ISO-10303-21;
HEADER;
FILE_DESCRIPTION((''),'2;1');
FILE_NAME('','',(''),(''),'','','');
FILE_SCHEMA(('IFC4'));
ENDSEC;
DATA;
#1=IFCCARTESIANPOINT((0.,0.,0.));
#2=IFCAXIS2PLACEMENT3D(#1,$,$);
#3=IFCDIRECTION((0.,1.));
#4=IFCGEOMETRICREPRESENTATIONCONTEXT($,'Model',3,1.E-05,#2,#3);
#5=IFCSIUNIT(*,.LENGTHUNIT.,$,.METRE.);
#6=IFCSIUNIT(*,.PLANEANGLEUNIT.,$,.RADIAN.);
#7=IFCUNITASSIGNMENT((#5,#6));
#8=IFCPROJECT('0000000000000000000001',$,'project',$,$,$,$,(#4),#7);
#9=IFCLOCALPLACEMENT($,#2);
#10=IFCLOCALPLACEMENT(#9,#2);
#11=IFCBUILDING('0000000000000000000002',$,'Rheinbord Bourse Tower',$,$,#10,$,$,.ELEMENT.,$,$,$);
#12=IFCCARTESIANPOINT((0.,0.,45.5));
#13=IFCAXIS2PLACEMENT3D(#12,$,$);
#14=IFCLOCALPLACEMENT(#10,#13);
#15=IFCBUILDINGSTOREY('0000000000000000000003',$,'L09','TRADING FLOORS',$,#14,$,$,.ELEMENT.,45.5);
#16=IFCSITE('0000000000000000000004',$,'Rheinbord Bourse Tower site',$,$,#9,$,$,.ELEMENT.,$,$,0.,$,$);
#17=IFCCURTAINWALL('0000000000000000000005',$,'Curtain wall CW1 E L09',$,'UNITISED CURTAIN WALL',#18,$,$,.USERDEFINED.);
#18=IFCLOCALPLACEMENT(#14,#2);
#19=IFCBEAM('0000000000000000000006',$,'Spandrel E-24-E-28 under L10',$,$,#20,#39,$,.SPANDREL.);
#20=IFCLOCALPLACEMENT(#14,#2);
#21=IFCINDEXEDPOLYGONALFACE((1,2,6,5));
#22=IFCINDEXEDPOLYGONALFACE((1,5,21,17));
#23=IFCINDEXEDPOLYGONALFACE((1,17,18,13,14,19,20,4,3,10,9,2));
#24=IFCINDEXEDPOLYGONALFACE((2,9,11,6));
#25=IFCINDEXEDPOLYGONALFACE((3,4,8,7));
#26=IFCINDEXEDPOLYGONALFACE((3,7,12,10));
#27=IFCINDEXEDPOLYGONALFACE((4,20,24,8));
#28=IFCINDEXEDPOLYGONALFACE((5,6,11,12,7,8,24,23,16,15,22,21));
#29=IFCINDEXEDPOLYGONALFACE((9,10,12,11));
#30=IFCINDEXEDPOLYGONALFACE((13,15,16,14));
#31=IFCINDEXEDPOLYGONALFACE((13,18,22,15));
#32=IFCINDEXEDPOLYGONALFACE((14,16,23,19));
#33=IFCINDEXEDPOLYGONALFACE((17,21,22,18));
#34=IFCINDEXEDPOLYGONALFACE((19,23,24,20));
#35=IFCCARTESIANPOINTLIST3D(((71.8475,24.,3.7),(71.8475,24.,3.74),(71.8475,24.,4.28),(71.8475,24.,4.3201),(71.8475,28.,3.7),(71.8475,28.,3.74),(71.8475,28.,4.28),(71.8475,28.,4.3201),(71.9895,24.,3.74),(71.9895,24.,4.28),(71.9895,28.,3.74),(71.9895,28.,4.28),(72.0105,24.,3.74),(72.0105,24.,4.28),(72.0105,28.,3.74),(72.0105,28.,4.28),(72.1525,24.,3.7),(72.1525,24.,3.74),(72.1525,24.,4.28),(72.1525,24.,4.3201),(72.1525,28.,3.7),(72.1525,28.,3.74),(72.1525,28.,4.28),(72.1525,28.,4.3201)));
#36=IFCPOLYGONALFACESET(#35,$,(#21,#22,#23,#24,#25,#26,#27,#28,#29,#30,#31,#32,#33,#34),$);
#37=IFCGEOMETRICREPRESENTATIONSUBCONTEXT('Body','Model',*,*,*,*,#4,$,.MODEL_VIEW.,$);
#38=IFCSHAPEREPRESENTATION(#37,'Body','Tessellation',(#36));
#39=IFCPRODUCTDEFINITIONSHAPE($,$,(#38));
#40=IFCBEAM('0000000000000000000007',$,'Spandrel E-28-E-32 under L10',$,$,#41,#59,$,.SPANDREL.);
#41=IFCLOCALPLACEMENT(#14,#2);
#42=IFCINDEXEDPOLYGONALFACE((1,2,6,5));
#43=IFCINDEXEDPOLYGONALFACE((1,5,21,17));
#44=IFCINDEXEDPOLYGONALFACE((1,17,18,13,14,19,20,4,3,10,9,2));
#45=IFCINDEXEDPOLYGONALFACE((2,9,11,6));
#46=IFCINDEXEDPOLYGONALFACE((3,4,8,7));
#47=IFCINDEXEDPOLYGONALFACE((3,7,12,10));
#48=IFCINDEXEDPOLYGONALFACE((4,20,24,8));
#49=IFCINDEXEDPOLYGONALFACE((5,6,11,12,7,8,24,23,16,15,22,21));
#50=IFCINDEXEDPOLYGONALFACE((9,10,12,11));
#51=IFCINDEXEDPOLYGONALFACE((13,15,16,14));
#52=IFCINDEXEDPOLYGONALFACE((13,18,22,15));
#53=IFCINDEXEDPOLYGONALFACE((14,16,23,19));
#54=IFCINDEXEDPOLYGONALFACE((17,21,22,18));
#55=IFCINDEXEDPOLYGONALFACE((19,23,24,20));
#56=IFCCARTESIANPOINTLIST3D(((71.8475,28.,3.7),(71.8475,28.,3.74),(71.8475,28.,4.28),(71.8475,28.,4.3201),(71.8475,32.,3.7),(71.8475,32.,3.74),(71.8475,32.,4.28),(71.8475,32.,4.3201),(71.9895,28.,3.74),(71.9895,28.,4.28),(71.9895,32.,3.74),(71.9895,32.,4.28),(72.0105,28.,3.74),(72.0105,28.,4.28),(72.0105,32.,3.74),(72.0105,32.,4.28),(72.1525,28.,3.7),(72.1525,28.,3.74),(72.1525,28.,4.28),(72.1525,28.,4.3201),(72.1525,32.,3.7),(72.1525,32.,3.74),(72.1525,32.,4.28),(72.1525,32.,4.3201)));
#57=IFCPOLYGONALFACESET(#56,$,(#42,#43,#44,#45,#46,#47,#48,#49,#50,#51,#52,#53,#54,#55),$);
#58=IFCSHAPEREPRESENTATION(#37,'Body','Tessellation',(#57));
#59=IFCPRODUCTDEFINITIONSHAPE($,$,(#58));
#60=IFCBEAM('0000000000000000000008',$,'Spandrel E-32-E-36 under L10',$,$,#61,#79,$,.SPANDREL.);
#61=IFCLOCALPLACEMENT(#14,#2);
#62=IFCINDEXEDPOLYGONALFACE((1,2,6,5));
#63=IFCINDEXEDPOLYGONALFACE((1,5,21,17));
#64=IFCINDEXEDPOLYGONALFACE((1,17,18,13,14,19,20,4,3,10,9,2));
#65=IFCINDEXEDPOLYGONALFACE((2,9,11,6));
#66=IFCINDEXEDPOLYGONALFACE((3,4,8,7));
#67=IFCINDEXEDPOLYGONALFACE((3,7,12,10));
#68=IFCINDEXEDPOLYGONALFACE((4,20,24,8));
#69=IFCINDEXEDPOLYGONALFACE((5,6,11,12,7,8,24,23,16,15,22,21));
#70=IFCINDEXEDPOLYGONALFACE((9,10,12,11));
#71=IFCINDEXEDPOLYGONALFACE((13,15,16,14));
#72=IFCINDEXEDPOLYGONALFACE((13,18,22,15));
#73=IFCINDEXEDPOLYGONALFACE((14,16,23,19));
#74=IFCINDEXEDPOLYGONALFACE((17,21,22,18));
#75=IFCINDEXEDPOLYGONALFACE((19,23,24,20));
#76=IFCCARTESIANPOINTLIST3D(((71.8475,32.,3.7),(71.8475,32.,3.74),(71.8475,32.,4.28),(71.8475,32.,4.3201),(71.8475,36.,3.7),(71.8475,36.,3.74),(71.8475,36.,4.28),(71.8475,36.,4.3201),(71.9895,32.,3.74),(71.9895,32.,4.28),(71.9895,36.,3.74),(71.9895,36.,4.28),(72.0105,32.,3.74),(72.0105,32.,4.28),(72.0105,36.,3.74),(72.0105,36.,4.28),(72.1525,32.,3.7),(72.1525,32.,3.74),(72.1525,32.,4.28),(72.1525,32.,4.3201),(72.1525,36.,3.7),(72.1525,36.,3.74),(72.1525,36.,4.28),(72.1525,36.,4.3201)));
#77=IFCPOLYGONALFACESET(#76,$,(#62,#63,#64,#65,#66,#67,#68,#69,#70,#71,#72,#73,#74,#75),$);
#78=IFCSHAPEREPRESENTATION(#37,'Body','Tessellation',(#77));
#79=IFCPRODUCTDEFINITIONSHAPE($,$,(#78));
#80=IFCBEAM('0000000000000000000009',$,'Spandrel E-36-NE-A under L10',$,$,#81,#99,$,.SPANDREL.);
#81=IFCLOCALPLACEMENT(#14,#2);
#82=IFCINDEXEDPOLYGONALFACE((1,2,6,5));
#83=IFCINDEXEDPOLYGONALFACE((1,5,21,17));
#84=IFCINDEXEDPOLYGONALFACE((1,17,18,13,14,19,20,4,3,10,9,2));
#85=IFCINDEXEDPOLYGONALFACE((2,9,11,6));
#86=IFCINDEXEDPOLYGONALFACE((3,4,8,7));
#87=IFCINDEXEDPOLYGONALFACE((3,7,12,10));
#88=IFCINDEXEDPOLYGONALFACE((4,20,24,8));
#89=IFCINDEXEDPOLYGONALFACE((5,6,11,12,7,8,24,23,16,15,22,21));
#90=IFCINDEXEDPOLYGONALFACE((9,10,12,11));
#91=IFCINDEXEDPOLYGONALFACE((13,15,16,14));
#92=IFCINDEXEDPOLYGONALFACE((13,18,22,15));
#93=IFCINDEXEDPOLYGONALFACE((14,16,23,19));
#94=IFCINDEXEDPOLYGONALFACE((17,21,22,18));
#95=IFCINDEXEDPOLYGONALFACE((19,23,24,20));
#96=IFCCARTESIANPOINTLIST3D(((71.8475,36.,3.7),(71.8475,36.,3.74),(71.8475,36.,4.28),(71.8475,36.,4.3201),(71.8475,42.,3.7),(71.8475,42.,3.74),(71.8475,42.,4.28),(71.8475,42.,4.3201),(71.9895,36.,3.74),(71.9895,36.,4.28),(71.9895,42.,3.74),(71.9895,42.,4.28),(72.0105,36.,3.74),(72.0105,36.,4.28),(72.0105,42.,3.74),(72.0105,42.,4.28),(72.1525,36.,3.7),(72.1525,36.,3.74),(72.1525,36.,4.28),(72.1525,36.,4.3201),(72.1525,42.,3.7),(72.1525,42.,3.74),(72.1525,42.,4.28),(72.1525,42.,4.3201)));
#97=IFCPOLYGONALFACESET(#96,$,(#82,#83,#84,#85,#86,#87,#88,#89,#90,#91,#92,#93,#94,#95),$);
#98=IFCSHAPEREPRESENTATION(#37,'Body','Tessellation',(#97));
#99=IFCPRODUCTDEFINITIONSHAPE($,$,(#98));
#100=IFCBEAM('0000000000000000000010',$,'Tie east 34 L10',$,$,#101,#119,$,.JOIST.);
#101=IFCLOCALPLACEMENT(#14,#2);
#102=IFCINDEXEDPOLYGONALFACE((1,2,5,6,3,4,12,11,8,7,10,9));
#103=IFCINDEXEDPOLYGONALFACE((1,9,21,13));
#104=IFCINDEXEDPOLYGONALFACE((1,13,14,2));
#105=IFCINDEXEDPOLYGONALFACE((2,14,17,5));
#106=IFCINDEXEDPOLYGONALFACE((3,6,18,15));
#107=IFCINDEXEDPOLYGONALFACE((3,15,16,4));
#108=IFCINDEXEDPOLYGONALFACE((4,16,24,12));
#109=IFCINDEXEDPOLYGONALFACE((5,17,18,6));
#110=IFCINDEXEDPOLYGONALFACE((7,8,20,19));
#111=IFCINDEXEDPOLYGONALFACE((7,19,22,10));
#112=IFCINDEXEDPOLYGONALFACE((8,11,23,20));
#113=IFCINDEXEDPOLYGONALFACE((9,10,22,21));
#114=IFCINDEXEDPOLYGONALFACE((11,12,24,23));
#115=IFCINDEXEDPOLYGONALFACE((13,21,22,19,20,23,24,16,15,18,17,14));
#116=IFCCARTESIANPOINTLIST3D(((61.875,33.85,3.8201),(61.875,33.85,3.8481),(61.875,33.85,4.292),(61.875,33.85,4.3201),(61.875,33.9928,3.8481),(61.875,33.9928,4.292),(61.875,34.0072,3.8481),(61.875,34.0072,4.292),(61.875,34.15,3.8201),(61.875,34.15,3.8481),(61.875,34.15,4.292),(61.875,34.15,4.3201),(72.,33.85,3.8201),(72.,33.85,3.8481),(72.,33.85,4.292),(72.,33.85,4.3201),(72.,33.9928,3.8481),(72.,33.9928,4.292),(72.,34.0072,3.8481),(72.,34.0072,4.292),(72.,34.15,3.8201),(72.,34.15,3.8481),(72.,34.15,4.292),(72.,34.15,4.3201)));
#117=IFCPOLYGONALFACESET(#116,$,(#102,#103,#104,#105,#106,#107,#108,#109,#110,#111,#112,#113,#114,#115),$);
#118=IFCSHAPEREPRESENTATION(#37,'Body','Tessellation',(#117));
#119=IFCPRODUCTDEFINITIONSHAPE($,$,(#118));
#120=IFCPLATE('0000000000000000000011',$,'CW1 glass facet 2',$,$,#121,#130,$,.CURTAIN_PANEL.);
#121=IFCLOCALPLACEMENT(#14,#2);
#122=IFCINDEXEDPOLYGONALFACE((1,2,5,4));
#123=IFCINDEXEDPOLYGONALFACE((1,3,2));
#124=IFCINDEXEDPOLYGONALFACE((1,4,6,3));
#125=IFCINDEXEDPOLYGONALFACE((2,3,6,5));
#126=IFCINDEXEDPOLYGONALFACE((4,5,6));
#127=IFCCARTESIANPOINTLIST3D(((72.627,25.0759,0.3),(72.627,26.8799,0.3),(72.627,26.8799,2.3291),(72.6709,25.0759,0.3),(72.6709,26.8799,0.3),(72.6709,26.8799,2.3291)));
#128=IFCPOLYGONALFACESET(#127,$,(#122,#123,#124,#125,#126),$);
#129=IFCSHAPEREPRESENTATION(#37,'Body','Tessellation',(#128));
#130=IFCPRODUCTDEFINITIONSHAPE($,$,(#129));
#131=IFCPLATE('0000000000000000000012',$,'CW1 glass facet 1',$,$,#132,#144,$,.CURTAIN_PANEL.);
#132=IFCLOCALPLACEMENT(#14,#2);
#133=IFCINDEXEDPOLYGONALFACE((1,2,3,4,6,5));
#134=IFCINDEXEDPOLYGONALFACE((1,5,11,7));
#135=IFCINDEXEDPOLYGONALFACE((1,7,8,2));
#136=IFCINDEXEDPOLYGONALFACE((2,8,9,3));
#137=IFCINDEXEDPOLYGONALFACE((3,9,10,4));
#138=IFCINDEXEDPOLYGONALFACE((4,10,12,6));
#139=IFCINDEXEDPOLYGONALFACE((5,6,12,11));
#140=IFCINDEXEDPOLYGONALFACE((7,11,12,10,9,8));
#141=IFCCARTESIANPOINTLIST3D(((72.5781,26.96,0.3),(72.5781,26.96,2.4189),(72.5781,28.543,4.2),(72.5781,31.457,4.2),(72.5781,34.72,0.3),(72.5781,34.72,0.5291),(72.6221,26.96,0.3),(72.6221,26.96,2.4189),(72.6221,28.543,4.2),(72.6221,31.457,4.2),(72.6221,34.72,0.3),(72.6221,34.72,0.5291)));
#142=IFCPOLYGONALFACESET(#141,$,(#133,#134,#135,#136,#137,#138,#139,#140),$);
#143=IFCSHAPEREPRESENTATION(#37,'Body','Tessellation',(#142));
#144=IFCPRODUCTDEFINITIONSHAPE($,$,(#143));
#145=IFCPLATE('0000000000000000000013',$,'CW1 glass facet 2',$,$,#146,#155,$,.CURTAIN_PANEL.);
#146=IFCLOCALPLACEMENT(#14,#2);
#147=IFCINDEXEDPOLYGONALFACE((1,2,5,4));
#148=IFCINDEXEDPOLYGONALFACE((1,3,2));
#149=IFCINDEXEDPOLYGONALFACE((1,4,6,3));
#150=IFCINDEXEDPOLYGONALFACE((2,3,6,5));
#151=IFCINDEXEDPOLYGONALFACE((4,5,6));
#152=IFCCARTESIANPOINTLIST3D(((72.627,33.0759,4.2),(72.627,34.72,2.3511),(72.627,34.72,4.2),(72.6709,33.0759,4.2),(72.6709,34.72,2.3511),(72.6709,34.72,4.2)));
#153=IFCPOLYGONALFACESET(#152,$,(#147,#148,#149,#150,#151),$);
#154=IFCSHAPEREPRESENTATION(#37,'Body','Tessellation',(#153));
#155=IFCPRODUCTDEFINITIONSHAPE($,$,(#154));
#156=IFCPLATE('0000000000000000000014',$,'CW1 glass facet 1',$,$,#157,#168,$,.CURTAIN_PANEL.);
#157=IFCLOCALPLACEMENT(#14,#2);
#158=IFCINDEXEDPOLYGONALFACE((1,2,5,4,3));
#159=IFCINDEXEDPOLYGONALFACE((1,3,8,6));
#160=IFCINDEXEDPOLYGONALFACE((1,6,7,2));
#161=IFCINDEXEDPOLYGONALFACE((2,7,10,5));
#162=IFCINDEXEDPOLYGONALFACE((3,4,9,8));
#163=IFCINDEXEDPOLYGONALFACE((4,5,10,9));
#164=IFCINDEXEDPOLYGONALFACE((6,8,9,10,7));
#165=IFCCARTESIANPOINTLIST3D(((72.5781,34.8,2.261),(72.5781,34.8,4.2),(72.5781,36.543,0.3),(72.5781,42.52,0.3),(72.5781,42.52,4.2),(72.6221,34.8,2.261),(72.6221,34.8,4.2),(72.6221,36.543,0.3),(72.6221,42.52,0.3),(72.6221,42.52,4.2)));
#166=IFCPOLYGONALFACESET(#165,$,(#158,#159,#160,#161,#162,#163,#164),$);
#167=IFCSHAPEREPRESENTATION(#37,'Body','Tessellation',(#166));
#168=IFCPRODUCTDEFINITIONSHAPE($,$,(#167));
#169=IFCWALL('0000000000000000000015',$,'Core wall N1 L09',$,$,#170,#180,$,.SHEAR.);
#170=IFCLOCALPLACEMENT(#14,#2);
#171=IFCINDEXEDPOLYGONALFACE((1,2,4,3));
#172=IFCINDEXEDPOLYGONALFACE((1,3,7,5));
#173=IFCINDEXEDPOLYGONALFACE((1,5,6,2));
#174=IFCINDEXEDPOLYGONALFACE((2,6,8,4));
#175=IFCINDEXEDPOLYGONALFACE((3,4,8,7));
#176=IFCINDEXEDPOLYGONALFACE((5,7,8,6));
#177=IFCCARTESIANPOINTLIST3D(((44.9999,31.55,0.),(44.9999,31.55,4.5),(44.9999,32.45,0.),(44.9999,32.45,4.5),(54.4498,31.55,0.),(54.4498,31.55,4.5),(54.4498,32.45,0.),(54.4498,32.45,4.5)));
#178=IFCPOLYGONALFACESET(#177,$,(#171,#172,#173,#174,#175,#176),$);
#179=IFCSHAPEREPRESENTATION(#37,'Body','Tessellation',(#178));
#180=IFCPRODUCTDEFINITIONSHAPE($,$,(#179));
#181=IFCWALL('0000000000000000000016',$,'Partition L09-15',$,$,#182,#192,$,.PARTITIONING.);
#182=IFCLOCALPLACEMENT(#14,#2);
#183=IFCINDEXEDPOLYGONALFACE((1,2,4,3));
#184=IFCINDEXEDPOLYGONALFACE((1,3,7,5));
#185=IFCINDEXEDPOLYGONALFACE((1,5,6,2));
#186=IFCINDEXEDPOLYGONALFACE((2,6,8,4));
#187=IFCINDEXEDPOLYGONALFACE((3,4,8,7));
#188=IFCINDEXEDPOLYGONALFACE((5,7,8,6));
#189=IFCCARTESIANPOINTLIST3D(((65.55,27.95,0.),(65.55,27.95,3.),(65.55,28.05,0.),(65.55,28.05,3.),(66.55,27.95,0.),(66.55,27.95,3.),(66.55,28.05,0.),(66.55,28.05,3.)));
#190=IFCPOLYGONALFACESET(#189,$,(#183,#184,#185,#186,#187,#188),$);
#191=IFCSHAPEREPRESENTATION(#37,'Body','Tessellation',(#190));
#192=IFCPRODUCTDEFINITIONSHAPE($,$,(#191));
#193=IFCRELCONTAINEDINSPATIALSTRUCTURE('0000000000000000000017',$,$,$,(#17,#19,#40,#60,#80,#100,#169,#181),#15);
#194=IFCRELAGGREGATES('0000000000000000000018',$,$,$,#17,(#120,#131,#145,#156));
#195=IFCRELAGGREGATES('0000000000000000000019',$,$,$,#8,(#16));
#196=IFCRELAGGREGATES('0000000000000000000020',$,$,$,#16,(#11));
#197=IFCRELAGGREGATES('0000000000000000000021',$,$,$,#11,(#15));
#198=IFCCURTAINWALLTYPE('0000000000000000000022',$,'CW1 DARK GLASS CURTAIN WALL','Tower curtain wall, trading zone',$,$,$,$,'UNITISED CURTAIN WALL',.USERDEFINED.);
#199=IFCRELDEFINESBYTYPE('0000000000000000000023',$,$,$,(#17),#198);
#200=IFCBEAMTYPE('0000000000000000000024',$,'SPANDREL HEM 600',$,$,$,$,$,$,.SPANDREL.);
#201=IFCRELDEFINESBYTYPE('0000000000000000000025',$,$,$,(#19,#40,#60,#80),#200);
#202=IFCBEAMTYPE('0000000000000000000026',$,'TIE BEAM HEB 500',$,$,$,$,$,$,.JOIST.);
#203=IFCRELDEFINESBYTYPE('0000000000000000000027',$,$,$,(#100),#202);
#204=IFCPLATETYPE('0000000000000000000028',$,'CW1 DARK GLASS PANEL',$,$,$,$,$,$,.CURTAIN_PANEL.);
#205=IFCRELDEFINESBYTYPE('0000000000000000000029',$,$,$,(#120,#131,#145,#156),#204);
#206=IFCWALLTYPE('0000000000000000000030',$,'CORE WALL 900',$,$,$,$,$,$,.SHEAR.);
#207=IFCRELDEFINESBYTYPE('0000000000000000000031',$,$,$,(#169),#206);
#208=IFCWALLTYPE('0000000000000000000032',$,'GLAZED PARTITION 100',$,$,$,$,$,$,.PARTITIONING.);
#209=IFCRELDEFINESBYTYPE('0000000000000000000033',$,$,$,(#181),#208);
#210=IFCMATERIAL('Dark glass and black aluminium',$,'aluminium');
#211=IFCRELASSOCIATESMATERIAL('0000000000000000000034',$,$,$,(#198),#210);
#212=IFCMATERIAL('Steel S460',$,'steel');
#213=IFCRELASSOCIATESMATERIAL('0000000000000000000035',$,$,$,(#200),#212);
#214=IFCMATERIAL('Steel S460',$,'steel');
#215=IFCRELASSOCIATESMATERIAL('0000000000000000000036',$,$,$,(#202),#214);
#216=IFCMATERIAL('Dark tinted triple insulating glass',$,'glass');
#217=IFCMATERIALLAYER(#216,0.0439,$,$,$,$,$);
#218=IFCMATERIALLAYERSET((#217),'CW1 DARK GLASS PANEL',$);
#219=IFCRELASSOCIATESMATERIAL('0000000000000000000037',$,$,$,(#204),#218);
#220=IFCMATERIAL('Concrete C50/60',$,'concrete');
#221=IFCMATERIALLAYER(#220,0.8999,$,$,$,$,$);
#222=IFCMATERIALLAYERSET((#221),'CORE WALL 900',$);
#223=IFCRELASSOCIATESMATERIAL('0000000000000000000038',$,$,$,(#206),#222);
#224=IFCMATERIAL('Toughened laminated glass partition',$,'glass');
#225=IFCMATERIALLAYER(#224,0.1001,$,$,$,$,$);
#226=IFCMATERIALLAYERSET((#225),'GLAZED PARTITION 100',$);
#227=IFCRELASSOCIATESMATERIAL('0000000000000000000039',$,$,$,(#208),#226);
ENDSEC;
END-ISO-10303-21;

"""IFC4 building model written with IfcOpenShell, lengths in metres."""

from ifc_helpers import new_model, si_unit, direction, frame, frame_2d, origin, origin_2d, place, context, subcontext, project, spatial, polyline, rectangle, i_section, outline, extrude, material, layer, layer_set, material_profile, profile_set, type_object, element, aggregate, save


model = new_model("IFC4")

# Units and contexts
model_context = context("Model", 3, precision=1e-05, world=origin(), true_north=direction((0.0, 1.0)))
body_context = subcontext(model_context, "Body", "Model", "MODEL_VIEW")
ifc_project = project(units=[si_unit("LENGTHUNIT", "METRE"), si_unit("PLANEANGLEUNIT", "RADIAN")], contexts=[model_context])

# Site, building, storey
site_placement = place(None, origin())
site = spatial("IfcSite", under=ifc_project, at=site_placement, Name="Rheinbord Bourse Tower site", CompositionType="ELEMENT", RefElevation=0.0)
building_placement = place(site_placement, origin())
building = spatial("IfcBuilding", under=site, at=building_placement, Name="Rheinbord Bourse Tower", CompositionType="ELEMENT")
storey_placement = place(building_placement, frame((0.0, 0.0, 45.5)))
storey = spatial("IfcBuildingStorey", under=building, at=storey_placement, Name="L09", Description="TRADING FLOORS", CompositionType="ELEMENT", Elevation=45.5)

# Curtain wall
ifc_material_1 = material(Name="Dark glass and black aluminium", Category="aluminium")
curtain_wall_type = type_object("IfcCurtainWallType", Name="CW1 DARK GLASS CURTAIN WALL", Description="Tower curtain wall, trading zone", ElementType="UNITISED CURTAIN WALL", PredefinedType="USERDEFINED", material=ifc_material_1)
curtain_wall_placement = place(storey_placement, origin())
curtain_wall = element("IfcCurtainWall", 1, at=curtain_wall_placement, inside=storey, type_object=curtain_wall_type, Name="Curtain wall CW1 E L09", ObjectType="UNITISED CURTAIN WALL", PredefinedType="USERDEFINED")

# Beams
ifc_material_2 = material(Name="Steel S460", Category="steel")
ifc_material_profile_1 = material_profile(ifc_material_2, i_section(OverallWidth=0.3049, OverallDepth=0.6201, WebThickness=0.021, FlangeThickness=0.04, at=origin_2d()), Name="HEM 600")
ifc_profile_set_1 = profile_set([ifc_material_profile_1], Name="Steel S460")
beam_type_1 = type_object("IfcBeamType", Name="SPANDREL HEM 600", PredefinedType="SPANDREL", material=ifc_profile_set_1)
for number, where, z_axis, x_axis, name in (
    (2, (72.0, 24.0, 4.01), (0.0, 1.0, 0.0), (-1.0, 0.0, 0.0), "Spandrel E-24-E-28 under L10"),
    (3, (72.0, 28.0, 4.01), (0.0, 1.0, 0.0), (-1.0, 0.0, 0.0), "Spandrel E-28-E-32 under L10"),
    (4, (72.0, 32.0, 4.01), (0.0, 1.0, 0.0), (-1.0, 0.0, 0.0), "Spandrel E-32-E-36 under L10"),
):
    element("IfcBeam", number, at=place(storey_placement, frame(where, z_axis=z_axis, x_axis=x_axis)), inside=storey, type_object=beam_type_1, Name=name, PredefinedType="SPANDREL", context=body_context, shape_type="SweptSolid", body=[
        extrude(i_section(OverallWidth=0.3049, OverallDepth=0.6201, WebThickness=0.021, FlangeThickness=0.04, at=origin_2d()), origin(), (0.0, 0.0, 1.0), 4.0),
    ])
beam_1_placement = place(storey_placement, frame((72.0, 36.0, 4.01), z_axis=(0.0, 1.0, 0.0), x_axis=(-1.0, 0.0, 0.0)))
element("IfcBeam", 5, at=beam_1_placement, inside=storey, type_object=beam_type_1, Name="Spandrel E-36-NE-A under L10", PredefinedType="SPANDREL", context=body_context, shape_type="SweptSolid", body=[
    extrude(i_section(OverallWidth=0.3049, OverallDepth=0.6201, WebThickness=0.021, FlangeThickness=0.04, at=origin_2d()), origin(), (0.0, 0.0, 1.0), 6.0),
])
ifc_material_3 = material(Name="Steel S460", Category="steel")
ifc_material_profile_2 = material_profile(ifc_material_3, i_section(OverallWidth=0.3, OverallDepth=0.5, WebThickness=0.0144, FlangeThickness=0.0281, at=origin_2d()), Name="HEB 500")
ifc_profile_set_2 = profile_set([ifc_material_profile_2], Name="Steel S460")
beam_type_2 = type_object("IfcBeamType", Name="TIE BEAM HEB 500", PredefinedType="JOIST", material=ifc_profile_set_2)
beam_2_placement = place(storey_placement, frame((61.875, 34.0, 4.0701), z_axis=(1.0, 0.0, 0.0), x_axis=(0.0, 1.0, 0.0)))
element("IfcBeam", 6, at=beam_2_placement, inside=storey, type_object=beam_type_2, Name="Tie east 34 L10", PredefinedType="JOIST", context=body_context, shape_type="SweptSolid", body=[
    extrude(i_section(OverallWidth=0.3, OverallDepth=0.5, WebThickness=0.0144, FlangeThickness=0.0281, at=origin_2d()), origin(), (0.0, 0.0, 1.0), 10.125),
])

# Plates
ifc_material_4 = material(Name="Dark tinted triple insulating glass", Category="glass")
ifc_layer_1 = layer(ifc_material_4, 0.0439)
ifc_layer_set_1 = layer_set([ifc_layer_1], Name="CW1 DARK GLASS PANEL")
plate_type = type_object("IfcPlateType", Name="CW1 DARK GLASS PANEL", PredefinedType="CURTAIN_PANEL", material=ifc_layer_set_1)
plate_1_placement = place(storey_placement, frame((72.6709, 26.8799, 0.3), z_axis=(-1.0, 0.0, 0.0), x_axis=(0.0, -1.0, 0.0)))
plate_1 = element("IfcPlate", 7, at=plate_1_placement, type_object=plate_type, Name="CW1 glass facet 2", PredefinedType="CURTAIN_PANEL", context=body_context, shape_type="SweptSolid", body=[
    extrude(outline(polyline([(0.0, 0.0), (1.804, 0.0), (0.0, 2.0291), (0.0, 0.0)])), origin(), (0.0, 0.0, 1.0), 0.0439),
])
plate_2_placement = place(storey_placement, frame((72.6221, 34.72, 0.3), z_axis=(-1.0, 0.0, 0.0), x_axis=(0.0, -1.0, 0.0)))
plate_2 = element("IfcPlate", 8, at=plate_2_placement, type_object=plate_type, Name="CW1 glass facet 1", PredefinedType="CURTAIN_PANEL", context=body_context, shape_type="SweptSolid", body=[
    extrude(outline(polyline([(0.0, 0.0), (7.76, 0.0), (7.76, 2.1189), (6.177, 3.8999), (3.2629, 3.8999), (0.0, 0.229), (0.0, 0.0)])), origin(), (0.0, 0.0, 1.0), 0.0439),
])
plate_3_placement = place(storey_placement, frame((72.6709, 34.72, 4.2), z_axis=(-1.0, 0.0, 0.0), x_axis=(0.0, 0.0, -1.0)))
plate_3 = element("IfcPlate", 9, at=plate_3_placement, type_object=plate_type, Name="CW1 glass facet 2", PredefinedType="CURTAIN_PANEL", context=body_context, shape_type="SweptSolid", body=[
    extrude(outline(polyline([(0.0, 0.0), (1.8489, 0.0), (0.0, 1.644), (0.0, 0.0)])), origin(), (0.0, 0.0, 1.0), 0.0439),
])
plate_4_placement = place(storey_placement, frame((72.6221, 34.8, 4.2), z_axis=(-1.0, 0.0, 0.0), x_axis=(0.0, 1.0, 0.0)))
plate_4 = element("IfcPlate", 10, at=plate_4_placement, type_object=plate_type, Name="CW1 glass facet 1", PredefinedType="CURTAIN_PANEL", context=body_context, shape_type="SweptSolid", body=[
    extrude(outline(polyline([(0.0, 0.0), (7.72, 0.0), (7.72, 3.8999), (1.7429, 3.8999), (0.0, 1.939), (0.0, 0.0)])), origin(), (0.0, 0.0, 1.0), 0.0439),
])
aggregate(curtain_wall, [plate_1, plate_2, plate_3, plate_4])

# Walls
ifc_material_5 = material(Name="Concrete C50/60", Category="concrete")
ifc_layer_2 = layer(ifc_material_5, 0.8999)
ifc_layer_set_2 = layer_set([ifc_layer_2], Name="CORE WALL 900")
wall_type_1 = type_object("IfcWallType", Name="CORE WALL 900", PredefinedType="SHEAR", material=ifc_layer_set_2)
wall_1_placement = place(storey_placement, frame((54.45, 32.0, 0.0), z_axis=(0.0, 0.0, 1.0), x_axis=(-1.0, 0.0, 0.0)))
element("IfcWall", 11, at=wall_1_placement, inside=storey, type_object=wall_type_1, Name="Core wall N1 L09", PredefinedType="SHEAR", context=body_context, shape_type="SweptSolid", body=[
    extrude(rectangle(XDim=9.45, YDim=0.8999, at=frame_2d((4.7251, 0.0))), origin(), (0.0, 0.0, 1.0), 4.5),
])
ifc_material_6 = material(Name="Toughened laminated glass partition", Category="glass")
ifc_layer_3 = layer(ifc_material_6, 0.1001)
ifc_layer_set_3 = layer_set([ifc_layer_3], Name="GLAZED PARTITION 100")
wall_type_2 = type_object("IfcWallType", Name="GLAZED PARTITION 100", PredefinedType="PARTITIONING", material=ifc_layer_set_3)
wall_2_placement = place(storey_placement, frame((65.55, 28.0, 0.0), z_axis=(0.0, 0.0, 1.0), x_axis=(1.0, 0.0, 0.0)))
element("IfcWall", 12, at=wall_2_placement, inside=storey, type_object=wall_type_2, Name="Partition L09-15", PredefinedType="PARTITIONING", context=body_context, shape_type="SweptSolid", body=[
    extrude(rectangle(XDim=1.0, YDim=0.1001, at=frame_2d((0.5, 0.0))), origin(), (0.0, 0.0, 1.0), 3.0),
])

save(model, "model.ifc")
